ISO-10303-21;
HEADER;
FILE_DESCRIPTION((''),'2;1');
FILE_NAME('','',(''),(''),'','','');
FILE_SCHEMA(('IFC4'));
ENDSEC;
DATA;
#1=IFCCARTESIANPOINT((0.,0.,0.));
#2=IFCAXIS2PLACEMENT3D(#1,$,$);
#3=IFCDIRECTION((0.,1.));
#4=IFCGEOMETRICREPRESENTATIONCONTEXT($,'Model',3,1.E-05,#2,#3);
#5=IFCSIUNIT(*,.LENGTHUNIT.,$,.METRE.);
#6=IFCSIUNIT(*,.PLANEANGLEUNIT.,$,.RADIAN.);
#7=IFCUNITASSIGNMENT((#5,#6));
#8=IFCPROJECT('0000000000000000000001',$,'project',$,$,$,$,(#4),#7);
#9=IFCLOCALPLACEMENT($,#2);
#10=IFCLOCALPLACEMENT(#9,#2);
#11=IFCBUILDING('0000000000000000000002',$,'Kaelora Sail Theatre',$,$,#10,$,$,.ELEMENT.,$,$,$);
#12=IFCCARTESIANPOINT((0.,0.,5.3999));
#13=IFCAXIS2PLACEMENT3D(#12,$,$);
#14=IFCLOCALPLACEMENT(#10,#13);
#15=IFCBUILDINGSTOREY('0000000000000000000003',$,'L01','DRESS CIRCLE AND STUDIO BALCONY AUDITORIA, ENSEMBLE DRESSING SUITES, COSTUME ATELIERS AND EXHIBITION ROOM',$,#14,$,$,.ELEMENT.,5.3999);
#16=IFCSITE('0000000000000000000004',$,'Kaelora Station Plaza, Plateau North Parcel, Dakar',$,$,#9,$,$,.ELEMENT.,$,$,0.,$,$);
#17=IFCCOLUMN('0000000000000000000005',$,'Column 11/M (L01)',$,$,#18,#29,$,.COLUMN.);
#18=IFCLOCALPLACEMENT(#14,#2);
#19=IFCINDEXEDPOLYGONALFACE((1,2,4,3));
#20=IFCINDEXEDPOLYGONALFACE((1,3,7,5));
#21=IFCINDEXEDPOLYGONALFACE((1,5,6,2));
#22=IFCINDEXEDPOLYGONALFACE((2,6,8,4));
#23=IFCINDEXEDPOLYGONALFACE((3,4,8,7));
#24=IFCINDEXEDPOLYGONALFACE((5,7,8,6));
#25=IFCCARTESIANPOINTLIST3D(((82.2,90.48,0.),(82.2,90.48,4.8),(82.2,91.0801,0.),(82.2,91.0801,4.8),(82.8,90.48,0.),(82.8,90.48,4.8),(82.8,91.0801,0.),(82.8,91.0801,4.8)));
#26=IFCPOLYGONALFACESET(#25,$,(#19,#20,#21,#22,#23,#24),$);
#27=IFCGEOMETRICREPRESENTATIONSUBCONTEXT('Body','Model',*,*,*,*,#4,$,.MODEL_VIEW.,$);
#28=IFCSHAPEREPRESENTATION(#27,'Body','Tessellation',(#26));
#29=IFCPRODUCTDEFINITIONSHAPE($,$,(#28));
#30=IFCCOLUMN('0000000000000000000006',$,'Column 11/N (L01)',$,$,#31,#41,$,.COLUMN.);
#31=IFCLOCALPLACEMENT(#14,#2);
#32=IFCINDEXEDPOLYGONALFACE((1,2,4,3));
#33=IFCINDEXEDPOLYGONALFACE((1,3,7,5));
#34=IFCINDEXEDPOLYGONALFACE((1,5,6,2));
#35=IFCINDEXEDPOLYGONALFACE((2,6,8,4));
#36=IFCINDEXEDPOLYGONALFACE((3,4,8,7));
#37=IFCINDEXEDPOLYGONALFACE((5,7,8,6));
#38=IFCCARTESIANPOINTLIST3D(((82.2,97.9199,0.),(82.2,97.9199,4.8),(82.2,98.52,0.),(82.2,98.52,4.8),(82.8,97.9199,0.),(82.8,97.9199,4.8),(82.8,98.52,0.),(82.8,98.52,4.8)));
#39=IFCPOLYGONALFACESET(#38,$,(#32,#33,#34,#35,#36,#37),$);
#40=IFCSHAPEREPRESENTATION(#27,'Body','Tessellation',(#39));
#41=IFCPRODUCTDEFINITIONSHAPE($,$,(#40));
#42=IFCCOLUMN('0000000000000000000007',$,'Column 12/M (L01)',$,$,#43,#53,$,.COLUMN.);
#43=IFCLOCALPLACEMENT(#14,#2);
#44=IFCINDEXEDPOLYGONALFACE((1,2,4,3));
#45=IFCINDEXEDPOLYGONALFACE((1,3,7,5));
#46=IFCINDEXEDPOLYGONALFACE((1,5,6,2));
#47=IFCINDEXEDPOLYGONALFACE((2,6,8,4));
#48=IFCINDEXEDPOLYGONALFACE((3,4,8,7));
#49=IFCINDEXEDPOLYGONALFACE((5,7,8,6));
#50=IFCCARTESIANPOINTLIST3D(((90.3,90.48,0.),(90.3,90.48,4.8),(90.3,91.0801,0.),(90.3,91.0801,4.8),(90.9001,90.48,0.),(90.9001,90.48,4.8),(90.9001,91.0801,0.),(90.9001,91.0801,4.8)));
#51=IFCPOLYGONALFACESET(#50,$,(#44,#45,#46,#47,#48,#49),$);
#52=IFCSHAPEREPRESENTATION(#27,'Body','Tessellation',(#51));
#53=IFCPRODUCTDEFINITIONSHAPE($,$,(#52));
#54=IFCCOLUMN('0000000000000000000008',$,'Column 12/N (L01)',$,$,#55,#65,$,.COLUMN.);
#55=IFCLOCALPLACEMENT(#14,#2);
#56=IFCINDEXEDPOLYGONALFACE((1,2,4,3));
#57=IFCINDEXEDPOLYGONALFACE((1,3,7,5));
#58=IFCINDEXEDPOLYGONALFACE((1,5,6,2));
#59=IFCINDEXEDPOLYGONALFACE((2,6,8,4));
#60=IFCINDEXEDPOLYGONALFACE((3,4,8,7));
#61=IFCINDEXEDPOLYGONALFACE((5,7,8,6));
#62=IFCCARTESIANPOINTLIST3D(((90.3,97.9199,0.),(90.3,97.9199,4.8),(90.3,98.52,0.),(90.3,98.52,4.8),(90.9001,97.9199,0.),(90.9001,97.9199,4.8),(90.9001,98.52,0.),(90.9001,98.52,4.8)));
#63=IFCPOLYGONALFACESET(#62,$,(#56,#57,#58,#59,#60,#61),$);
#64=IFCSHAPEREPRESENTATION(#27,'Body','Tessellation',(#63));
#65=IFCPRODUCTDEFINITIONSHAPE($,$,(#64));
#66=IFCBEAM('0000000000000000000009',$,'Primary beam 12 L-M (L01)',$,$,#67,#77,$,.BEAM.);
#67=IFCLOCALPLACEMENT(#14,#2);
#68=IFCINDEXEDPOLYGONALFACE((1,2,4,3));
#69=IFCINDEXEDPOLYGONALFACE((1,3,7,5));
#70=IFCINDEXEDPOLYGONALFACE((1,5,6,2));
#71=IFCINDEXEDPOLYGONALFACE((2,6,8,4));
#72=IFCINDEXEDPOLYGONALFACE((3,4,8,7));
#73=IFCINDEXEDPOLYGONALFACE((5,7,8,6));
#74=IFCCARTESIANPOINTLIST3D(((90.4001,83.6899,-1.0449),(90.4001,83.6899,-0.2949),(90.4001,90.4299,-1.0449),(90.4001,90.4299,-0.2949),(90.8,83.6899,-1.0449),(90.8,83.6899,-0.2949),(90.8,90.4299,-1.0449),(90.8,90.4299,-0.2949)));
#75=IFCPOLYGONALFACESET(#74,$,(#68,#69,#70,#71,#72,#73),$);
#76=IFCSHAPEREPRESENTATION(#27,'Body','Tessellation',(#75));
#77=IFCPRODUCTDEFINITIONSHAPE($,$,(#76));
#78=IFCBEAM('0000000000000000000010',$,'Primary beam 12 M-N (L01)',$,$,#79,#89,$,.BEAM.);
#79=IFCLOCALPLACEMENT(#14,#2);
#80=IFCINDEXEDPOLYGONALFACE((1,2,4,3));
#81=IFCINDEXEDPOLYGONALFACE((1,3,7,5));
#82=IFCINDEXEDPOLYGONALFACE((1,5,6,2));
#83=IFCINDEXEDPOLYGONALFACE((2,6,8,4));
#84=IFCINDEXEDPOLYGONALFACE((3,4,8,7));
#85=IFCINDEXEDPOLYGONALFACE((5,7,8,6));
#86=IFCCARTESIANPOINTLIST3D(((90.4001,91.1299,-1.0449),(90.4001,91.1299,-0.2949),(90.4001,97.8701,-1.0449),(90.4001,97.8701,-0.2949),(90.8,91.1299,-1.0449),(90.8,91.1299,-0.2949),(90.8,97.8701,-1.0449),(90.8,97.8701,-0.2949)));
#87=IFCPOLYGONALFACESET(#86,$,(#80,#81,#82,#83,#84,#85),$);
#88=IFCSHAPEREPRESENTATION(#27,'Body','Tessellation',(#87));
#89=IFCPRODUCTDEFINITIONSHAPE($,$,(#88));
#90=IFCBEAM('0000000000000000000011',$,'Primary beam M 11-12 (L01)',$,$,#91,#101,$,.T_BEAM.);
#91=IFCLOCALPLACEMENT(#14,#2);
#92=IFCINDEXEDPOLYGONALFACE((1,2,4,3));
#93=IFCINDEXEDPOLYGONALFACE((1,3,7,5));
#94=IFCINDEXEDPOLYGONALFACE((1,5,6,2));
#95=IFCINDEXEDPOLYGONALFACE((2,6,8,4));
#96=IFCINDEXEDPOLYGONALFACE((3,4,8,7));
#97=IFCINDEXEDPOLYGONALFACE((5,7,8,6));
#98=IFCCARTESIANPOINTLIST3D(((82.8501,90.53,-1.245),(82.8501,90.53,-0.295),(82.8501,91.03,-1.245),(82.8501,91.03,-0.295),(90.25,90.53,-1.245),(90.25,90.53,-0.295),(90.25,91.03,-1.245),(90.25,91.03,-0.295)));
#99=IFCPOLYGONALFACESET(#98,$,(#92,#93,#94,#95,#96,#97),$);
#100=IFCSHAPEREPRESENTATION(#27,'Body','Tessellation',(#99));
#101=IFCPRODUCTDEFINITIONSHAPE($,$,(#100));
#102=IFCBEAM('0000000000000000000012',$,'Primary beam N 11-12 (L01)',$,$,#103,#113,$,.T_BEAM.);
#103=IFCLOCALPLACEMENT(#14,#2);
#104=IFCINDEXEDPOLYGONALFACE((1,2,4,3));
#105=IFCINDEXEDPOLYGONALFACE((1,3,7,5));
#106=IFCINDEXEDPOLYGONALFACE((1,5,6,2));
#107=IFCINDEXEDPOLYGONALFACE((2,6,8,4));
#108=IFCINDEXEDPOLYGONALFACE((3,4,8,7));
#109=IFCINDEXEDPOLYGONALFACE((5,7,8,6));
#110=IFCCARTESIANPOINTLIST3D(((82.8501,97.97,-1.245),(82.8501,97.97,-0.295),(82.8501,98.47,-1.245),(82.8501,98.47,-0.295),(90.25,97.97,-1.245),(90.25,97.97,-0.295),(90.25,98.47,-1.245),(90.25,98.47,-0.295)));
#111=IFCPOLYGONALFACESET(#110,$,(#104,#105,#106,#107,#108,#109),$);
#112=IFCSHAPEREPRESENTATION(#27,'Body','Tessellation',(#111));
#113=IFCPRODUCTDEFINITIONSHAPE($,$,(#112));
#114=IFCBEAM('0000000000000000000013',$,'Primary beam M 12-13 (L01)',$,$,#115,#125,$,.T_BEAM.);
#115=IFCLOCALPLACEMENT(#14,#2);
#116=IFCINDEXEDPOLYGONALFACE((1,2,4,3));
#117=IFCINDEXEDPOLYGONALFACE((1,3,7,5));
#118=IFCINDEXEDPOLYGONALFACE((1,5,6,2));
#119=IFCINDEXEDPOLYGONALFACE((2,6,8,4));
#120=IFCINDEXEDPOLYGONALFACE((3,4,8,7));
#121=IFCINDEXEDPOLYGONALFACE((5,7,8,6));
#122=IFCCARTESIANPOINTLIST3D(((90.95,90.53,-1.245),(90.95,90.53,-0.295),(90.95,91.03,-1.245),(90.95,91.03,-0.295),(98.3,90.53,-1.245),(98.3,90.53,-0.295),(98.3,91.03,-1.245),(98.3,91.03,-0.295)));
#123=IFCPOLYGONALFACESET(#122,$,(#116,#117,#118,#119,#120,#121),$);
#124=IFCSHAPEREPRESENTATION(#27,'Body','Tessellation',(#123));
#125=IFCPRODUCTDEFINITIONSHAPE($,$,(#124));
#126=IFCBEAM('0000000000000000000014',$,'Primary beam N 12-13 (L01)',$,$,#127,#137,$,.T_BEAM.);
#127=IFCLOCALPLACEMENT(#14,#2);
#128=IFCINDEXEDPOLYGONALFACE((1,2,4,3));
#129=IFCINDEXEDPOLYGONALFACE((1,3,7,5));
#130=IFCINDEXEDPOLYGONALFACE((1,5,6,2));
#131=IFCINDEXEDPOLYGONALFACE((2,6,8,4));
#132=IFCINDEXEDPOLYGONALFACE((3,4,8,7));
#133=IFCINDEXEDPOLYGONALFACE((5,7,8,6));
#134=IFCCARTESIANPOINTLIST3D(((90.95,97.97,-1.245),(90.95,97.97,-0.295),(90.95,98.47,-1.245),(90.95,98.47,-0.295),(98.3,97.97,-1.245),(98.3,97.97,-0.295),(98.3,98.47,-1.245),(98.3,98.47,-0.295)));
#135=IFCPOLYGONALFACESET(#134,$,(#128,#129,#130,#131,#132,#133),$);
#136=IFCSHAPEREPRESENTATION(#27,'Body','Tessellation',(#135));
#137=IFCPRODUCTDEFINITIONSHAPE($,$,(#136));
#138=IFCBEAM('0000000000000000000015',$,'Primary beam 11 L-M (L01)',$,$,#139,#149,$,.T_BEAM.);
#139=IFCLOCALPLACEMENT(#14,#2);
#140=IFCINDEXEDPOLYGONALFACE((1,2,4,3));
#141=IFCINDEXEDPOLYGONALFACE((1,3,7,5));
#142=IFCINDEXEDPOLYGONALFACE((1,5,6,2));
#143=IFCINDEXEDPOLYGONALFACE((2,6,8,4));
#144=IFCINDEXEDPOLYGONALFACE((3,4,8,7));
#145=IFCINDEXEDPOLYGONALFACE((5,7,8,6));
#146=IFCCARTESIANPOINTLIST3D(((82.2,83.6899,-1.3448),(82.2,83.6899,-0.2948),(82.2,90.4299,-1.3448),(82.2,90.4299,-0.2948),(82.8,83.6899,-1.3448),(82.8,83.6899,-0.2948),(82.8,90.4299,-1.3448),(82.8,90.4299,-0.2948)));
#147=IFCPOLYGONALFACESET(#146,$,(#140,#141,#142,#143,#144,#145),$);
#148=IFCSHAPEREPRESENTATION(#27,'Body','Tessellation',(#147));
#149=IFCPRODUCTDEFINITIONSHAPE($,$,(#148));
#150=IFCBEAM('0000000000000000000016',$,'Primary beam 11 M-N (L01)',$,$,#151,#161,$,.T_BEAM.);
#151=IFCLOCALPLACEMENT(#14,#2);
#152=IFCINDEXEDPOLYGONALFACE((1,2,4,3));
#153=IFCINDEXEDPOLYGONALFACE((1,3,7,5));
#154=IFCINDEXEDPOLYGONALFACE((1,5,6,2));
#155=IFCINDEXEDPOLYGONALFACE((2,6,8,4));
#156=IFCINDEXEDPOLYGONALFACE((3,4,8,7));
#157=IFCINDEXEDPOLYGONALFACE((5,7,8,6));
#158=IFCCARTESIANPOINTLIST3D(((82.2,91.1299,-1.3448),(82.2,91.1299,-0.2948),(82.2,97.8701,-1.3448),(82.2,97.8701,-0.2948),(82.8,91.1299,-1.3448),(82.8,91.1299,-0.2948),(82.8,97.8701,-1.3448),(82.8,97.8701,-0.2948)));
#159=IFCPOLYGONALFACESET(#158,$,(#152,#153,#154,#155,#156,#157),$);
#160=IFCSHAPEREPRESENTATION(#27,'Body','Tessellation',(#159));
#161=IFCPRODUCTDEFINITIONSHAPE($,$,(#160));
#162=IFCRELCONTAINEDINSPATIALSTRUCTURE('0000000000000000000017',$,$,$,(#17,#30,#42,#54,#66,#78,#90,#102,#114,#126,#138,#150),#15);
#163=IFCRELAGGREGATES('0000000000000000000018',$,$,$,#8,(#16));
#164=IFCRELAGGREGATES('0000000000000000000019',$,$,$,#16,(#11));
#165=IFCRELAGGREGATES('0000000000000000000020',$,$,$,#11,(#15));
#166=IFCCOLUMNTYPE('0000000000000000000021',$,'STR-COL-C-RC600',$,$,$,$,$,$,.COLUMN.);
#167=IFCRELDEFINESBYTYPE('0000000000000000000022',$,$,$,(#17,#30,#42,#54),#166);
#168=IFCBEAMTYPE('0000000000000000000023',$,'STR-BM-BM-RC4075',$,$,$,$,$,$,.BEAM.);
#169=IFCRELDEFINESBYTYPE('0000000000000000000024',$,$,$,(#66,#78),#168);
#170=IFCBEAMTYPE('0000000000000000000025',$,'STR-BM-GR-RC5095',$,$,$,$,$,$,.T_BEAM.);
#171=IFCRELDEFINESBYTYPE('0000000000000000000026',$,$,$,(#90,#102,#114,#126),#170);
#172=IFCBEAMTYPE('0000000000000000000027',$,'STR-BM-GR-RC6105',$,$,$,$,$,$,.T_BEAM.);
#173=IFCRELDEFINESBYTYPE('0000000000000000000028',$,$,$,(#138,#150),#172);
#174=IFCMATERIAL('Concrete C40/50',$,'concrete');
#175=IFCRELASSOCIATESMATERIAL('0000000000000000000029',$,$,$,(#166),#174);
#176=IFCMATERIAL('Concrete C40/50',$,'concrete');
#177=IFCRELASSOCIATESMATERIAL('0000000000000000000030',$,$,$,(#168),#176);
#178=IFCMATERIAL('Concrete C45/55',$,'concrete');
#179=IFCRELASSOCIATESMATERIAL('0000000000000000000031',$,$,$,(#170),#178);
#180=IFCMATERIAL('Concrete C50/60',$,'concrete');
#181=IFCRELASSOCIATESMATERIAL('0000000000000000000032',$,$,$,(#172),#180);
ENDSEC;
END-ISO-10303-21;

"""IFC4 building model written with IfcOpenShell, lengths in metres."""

from ifc_helpers import new_model, si_unit, direction, frame, origin, origin_2d, place, context, subcontext, project, spatial, rectangle, extrude, material, material_profile, profile_set, type_object, element, save


model = new_model("IFC4")

# Units and contexts
model_context = context("Model", 3, precision=1e-05, world=origin(), true_north=direction((0.0, 1.0)))
body_context = subcontext(model_context, "Body", "Model", "MODEL_VIEW")
ifc_project = project(units=[si_unit("LENGTHUNIT", "METRE"), si_unit("PLANEANGLEUNIT", "RADIAN")], contexts=[model_context])

# Site, building, storey
site_placement = place(None, origin())
site = spatial("IfcSite", under=ifc_project, at=site_placement, Name="Kaelora Station Plaza, Plateau North Parcel, Dakar", CompositionType="ELEMENT", RefElevation=0.0)
building_placement = place(site_placement, origin())
building = spatial("IfcBuilding", under=site, at=building_placement, Name="Kaelora Sail Theatre", CompositionType="ELEMENT")
storey_placement = place(building_placement, frame((0.0, 0.0, 5.3999)))
storey = spatial("IfcBuildingStorey", under=building, at=storey_placement, Name="L01", Description="DRESS CIRCLE AND STUDIO BALCONY AUDITORIA, ENSEMBLE DRESSING SUITES, COSTUME ATELIERS AND EXHIBITION ROOM", CompositionType="ELEMENT", Elevation=5.3999)

# Columns
ifc_material_1 = material(Name="Concrete C40/50", Category="concrete")
ifc_material_profile_1 = material_profile(ifc_material_1, rectangle(XDim=0.6001, YDim=0.6001, at=origin_2d()), Name="RC-COL 600x600")
ifc_profile_set_1 = profile_set([ifc_material_profile_1], Name="Concrete C40/50")
column_type = type_object("IfcColumnType", Name="STR-COL-C-RC600", PredefinedType="COLUMN", material=ifc_profile_set_1)
for number, where, z_axis, x_axis, name in (
    (1, (82.5, 90.78, 0.0), (0.0, 0.0, 1.0), (1.0, 0.0, 0.0), "Column 11/M (L01)"),
    (2, (82.5, 98.22, 0.0), (0.0, 0.0, 1.0), (1.0, 0.0, 0.0), "Column 11/N (L01)"),
    (3, (90.6001, 90.78, 0.0), (0.0, 0.0, 1.0), (1.0, 0.0, 0.0), "Column 12/M (L01)"),
    (4, (90.6001, 98.22, 0.0), (0.0, 0.0, 1.0), (1.0, 0.0, 0.0), "Column 12/N (L01)"),
):
    element("IfcColumn", number, at=place(storey_placement, frame(where, z_axis=z_axis, x_axis=x_axis)), inside=storey, type_object=column_type, Name=name, PredefinedType="COLUMN", context=body_context, shape_type="SweptSolid", body=[
        extrude(rectangle(XDim=0.6001, YDim=0.6001, at=origin_2d()), origin(), (0.0, 0.0, 1.0), 4.8),
    ])

# Beams
ifc_material_2 = material(Name="Concrete C40/50", Category="concrete")
ifc_material_profile_2 = material_profile(ifc_material_2, rectangle(XDim=0.3999, YDim=0.75, at=origin_2d()), Name="RC-BM 400x750")
ifc_profile_set_2 = profile_set([ifc_material_profile_2], Name="Concrete C40/50")
beam_type_1 = type_object("IfcBeamType", Name="STR-BM-BM-RC4075", PredefinedType="BEAM", material=ifc_profile_set_2)
beam_1_placement = place(storey_placement, frame((90.6001, 83.6899, -0.6699), z_axis=(0.0, 1.0, 0.0), x_axis=(-1.0, 0.0, 0.0)))
element("IfcBeam", 5, at=beam_1_placement, inside=storey, type_object=beam_type_1, Name="Primary beam 12 L-M (L01)", PredefinedType="BEAM", context=body_context, shape_type="SweptSolid", body=[
    extrude(rectangle(XDim=0.3999, YDim=0.75, at=origin_2d()), origin(), (0.0, 0.0, 1.0), 6.74),
])
beam_2_placement = place(storey_placement, frame((90.6001, 91.1299, -0.6699), z_axis=(0.0, 1.0, 0.0), x_axis=(-1.0, 0.0, 0.0)))
element("IfcBeam", 6, at=beam_2_placement, inside=storey, type_object=beam_type_1, Name="Primary beam 12 M-N (L01)", PredefinedType="BEAM", context=body_context, shape_type="SweptSolid", body=[
    extrude(rectangle(XDim=0.3999, YDim=0.75, at=origin_2d()), origin(), (0.0, 0.0, 1.0), 6.7402),
])
ifc_material_3 = material(Name="Concrete C45/55", Category="concrete")
ifc_material_profile_3 = material_profile(ifc_material_3, rectangle(XDim=0.5, YDim=0.95, at=origin_2d()), Name="RC-GRD 500x950")
ifc_profile_set_3 = profile_set([ifc_material_profile_3], Name="Concrete C45/55")
beam_type_2 = type_object("IfcBeamType", Name="STR-BM-GR-RC5095", PredefinedType="T_BEAM", material=ifc_profile_set_3)
for number, where, z_axis, x_axis, name in (
    (7, (82.8501, 90.78, -0.77), (1.0, 0.0, 0.0), (0.0, 1.0, 0.0), "Primary beam M 11-12 (L01)"),
    (8, (82.8501, 98.22, -0.77), (1.0, 0.0, 0.0), (0.0, 1.0, 0.0), "Primary beam N 11-12 (L01)"),
):
    element("IfcBeam", number, at=place(storey_placement, frame(where, z_axis=z_axis, x_axis=x_axis)), inside=storey, type_object=beam_type_2, Name=name, PredefinedType="T_BEAM", context=body_context, shape_type="SweptSolid", body=[
        extrude(rectangle(XDim=0.5, YDim=0.95, at=origin_2d()), origin(), (0.0, 0.0, 1.0), 7.3999),
    ])
for number, where, z_axis, x_axis, name in (
    (9, (90.95, 90.78, -0.77), (1.0, 0.0, 0.0), (0.0, 1.0, 0.0), "Primary beam M 12-13 (L01)"),
    (10, (90.95, 98.22, -0.77), (1.0, 0.0, 0.0), (0.0, 1.0, 0.0), "Primary beam N 12-13 (L01)"),
):
    element("IfcBeam", number, at=place(storey_placement, frame(where, z_axis=z_axis, x_axis=x_axis)), inside=storey, type_object=beam_type_2, Name=name, PredefinedType="T_BEAM", context=body_context, shape_type="SweptSolid", body=[
        extrude(rectangle(XDim=0.5, YDim=0.95, at=origin_2d()), origin(), (0.0, 0.0, 1.0), 7.3501),
    ])
ifc_material_4 = material(Name="Concrete C50/60", Category="concrete")
ifc_material_profile_4 = material_profile(ifc_material_4, rectangle(XDim=0.6001, YDim=1.05, at=origin_2d()), Name="RC-GRD 600x1050")
ifc_profile_set_4 = profile_set([ifc_material_profile_4], Name="Concrete C50/60")
beam_type_3 = type_object("IfcBeamType", Name="STR-BM-GR-RC6105", PredefinedType="T_BEAM", material=ifc_profile_set_4)
beam_3_placement = place(storey_placement, frame((82.5, 83.6899, -0.8198), z_axis=(0.0, 1.0, 0.0), x_axis=(-1.0, 0.0, 0.0)))
element("IfcBeam", 11, at=beam_3_placement, inside=storey, type_object=beam_type_3, Name="Primary beam 11 L-M (L01)", PredefinedType="T_BEAM", context=body_context, shape_type="SweptSolid", body=[
    extrude(rectangle(XDim=0.6001, YDim=1.05, at=origin_2d()), origin(), (0.0, 0.0, 1.0), 6.74),
])
beam_4_placement = place(storey_placement, frame((82.5, 91.1299, -0.8198), z_axis=(0.0, 1.0, 0.0), x_axis=(-1.0, 0.0, 0.0)))
element("IfcBeam", 12, at=beam_4_placement, inside=storey, type_object=beam_type_3, Name="Primary beam 11 M-N (L01)", PredefinedType="T_BEAM", context=body_context, shape_type="SweptSolid", body=[
    extrude(rectangle(XDim=0.6001, YDim=1.05, at=origin_2d()), origin(), (0.0, 0.0, 1.0), 6.7402),
])

save(model, "model.ifc")
